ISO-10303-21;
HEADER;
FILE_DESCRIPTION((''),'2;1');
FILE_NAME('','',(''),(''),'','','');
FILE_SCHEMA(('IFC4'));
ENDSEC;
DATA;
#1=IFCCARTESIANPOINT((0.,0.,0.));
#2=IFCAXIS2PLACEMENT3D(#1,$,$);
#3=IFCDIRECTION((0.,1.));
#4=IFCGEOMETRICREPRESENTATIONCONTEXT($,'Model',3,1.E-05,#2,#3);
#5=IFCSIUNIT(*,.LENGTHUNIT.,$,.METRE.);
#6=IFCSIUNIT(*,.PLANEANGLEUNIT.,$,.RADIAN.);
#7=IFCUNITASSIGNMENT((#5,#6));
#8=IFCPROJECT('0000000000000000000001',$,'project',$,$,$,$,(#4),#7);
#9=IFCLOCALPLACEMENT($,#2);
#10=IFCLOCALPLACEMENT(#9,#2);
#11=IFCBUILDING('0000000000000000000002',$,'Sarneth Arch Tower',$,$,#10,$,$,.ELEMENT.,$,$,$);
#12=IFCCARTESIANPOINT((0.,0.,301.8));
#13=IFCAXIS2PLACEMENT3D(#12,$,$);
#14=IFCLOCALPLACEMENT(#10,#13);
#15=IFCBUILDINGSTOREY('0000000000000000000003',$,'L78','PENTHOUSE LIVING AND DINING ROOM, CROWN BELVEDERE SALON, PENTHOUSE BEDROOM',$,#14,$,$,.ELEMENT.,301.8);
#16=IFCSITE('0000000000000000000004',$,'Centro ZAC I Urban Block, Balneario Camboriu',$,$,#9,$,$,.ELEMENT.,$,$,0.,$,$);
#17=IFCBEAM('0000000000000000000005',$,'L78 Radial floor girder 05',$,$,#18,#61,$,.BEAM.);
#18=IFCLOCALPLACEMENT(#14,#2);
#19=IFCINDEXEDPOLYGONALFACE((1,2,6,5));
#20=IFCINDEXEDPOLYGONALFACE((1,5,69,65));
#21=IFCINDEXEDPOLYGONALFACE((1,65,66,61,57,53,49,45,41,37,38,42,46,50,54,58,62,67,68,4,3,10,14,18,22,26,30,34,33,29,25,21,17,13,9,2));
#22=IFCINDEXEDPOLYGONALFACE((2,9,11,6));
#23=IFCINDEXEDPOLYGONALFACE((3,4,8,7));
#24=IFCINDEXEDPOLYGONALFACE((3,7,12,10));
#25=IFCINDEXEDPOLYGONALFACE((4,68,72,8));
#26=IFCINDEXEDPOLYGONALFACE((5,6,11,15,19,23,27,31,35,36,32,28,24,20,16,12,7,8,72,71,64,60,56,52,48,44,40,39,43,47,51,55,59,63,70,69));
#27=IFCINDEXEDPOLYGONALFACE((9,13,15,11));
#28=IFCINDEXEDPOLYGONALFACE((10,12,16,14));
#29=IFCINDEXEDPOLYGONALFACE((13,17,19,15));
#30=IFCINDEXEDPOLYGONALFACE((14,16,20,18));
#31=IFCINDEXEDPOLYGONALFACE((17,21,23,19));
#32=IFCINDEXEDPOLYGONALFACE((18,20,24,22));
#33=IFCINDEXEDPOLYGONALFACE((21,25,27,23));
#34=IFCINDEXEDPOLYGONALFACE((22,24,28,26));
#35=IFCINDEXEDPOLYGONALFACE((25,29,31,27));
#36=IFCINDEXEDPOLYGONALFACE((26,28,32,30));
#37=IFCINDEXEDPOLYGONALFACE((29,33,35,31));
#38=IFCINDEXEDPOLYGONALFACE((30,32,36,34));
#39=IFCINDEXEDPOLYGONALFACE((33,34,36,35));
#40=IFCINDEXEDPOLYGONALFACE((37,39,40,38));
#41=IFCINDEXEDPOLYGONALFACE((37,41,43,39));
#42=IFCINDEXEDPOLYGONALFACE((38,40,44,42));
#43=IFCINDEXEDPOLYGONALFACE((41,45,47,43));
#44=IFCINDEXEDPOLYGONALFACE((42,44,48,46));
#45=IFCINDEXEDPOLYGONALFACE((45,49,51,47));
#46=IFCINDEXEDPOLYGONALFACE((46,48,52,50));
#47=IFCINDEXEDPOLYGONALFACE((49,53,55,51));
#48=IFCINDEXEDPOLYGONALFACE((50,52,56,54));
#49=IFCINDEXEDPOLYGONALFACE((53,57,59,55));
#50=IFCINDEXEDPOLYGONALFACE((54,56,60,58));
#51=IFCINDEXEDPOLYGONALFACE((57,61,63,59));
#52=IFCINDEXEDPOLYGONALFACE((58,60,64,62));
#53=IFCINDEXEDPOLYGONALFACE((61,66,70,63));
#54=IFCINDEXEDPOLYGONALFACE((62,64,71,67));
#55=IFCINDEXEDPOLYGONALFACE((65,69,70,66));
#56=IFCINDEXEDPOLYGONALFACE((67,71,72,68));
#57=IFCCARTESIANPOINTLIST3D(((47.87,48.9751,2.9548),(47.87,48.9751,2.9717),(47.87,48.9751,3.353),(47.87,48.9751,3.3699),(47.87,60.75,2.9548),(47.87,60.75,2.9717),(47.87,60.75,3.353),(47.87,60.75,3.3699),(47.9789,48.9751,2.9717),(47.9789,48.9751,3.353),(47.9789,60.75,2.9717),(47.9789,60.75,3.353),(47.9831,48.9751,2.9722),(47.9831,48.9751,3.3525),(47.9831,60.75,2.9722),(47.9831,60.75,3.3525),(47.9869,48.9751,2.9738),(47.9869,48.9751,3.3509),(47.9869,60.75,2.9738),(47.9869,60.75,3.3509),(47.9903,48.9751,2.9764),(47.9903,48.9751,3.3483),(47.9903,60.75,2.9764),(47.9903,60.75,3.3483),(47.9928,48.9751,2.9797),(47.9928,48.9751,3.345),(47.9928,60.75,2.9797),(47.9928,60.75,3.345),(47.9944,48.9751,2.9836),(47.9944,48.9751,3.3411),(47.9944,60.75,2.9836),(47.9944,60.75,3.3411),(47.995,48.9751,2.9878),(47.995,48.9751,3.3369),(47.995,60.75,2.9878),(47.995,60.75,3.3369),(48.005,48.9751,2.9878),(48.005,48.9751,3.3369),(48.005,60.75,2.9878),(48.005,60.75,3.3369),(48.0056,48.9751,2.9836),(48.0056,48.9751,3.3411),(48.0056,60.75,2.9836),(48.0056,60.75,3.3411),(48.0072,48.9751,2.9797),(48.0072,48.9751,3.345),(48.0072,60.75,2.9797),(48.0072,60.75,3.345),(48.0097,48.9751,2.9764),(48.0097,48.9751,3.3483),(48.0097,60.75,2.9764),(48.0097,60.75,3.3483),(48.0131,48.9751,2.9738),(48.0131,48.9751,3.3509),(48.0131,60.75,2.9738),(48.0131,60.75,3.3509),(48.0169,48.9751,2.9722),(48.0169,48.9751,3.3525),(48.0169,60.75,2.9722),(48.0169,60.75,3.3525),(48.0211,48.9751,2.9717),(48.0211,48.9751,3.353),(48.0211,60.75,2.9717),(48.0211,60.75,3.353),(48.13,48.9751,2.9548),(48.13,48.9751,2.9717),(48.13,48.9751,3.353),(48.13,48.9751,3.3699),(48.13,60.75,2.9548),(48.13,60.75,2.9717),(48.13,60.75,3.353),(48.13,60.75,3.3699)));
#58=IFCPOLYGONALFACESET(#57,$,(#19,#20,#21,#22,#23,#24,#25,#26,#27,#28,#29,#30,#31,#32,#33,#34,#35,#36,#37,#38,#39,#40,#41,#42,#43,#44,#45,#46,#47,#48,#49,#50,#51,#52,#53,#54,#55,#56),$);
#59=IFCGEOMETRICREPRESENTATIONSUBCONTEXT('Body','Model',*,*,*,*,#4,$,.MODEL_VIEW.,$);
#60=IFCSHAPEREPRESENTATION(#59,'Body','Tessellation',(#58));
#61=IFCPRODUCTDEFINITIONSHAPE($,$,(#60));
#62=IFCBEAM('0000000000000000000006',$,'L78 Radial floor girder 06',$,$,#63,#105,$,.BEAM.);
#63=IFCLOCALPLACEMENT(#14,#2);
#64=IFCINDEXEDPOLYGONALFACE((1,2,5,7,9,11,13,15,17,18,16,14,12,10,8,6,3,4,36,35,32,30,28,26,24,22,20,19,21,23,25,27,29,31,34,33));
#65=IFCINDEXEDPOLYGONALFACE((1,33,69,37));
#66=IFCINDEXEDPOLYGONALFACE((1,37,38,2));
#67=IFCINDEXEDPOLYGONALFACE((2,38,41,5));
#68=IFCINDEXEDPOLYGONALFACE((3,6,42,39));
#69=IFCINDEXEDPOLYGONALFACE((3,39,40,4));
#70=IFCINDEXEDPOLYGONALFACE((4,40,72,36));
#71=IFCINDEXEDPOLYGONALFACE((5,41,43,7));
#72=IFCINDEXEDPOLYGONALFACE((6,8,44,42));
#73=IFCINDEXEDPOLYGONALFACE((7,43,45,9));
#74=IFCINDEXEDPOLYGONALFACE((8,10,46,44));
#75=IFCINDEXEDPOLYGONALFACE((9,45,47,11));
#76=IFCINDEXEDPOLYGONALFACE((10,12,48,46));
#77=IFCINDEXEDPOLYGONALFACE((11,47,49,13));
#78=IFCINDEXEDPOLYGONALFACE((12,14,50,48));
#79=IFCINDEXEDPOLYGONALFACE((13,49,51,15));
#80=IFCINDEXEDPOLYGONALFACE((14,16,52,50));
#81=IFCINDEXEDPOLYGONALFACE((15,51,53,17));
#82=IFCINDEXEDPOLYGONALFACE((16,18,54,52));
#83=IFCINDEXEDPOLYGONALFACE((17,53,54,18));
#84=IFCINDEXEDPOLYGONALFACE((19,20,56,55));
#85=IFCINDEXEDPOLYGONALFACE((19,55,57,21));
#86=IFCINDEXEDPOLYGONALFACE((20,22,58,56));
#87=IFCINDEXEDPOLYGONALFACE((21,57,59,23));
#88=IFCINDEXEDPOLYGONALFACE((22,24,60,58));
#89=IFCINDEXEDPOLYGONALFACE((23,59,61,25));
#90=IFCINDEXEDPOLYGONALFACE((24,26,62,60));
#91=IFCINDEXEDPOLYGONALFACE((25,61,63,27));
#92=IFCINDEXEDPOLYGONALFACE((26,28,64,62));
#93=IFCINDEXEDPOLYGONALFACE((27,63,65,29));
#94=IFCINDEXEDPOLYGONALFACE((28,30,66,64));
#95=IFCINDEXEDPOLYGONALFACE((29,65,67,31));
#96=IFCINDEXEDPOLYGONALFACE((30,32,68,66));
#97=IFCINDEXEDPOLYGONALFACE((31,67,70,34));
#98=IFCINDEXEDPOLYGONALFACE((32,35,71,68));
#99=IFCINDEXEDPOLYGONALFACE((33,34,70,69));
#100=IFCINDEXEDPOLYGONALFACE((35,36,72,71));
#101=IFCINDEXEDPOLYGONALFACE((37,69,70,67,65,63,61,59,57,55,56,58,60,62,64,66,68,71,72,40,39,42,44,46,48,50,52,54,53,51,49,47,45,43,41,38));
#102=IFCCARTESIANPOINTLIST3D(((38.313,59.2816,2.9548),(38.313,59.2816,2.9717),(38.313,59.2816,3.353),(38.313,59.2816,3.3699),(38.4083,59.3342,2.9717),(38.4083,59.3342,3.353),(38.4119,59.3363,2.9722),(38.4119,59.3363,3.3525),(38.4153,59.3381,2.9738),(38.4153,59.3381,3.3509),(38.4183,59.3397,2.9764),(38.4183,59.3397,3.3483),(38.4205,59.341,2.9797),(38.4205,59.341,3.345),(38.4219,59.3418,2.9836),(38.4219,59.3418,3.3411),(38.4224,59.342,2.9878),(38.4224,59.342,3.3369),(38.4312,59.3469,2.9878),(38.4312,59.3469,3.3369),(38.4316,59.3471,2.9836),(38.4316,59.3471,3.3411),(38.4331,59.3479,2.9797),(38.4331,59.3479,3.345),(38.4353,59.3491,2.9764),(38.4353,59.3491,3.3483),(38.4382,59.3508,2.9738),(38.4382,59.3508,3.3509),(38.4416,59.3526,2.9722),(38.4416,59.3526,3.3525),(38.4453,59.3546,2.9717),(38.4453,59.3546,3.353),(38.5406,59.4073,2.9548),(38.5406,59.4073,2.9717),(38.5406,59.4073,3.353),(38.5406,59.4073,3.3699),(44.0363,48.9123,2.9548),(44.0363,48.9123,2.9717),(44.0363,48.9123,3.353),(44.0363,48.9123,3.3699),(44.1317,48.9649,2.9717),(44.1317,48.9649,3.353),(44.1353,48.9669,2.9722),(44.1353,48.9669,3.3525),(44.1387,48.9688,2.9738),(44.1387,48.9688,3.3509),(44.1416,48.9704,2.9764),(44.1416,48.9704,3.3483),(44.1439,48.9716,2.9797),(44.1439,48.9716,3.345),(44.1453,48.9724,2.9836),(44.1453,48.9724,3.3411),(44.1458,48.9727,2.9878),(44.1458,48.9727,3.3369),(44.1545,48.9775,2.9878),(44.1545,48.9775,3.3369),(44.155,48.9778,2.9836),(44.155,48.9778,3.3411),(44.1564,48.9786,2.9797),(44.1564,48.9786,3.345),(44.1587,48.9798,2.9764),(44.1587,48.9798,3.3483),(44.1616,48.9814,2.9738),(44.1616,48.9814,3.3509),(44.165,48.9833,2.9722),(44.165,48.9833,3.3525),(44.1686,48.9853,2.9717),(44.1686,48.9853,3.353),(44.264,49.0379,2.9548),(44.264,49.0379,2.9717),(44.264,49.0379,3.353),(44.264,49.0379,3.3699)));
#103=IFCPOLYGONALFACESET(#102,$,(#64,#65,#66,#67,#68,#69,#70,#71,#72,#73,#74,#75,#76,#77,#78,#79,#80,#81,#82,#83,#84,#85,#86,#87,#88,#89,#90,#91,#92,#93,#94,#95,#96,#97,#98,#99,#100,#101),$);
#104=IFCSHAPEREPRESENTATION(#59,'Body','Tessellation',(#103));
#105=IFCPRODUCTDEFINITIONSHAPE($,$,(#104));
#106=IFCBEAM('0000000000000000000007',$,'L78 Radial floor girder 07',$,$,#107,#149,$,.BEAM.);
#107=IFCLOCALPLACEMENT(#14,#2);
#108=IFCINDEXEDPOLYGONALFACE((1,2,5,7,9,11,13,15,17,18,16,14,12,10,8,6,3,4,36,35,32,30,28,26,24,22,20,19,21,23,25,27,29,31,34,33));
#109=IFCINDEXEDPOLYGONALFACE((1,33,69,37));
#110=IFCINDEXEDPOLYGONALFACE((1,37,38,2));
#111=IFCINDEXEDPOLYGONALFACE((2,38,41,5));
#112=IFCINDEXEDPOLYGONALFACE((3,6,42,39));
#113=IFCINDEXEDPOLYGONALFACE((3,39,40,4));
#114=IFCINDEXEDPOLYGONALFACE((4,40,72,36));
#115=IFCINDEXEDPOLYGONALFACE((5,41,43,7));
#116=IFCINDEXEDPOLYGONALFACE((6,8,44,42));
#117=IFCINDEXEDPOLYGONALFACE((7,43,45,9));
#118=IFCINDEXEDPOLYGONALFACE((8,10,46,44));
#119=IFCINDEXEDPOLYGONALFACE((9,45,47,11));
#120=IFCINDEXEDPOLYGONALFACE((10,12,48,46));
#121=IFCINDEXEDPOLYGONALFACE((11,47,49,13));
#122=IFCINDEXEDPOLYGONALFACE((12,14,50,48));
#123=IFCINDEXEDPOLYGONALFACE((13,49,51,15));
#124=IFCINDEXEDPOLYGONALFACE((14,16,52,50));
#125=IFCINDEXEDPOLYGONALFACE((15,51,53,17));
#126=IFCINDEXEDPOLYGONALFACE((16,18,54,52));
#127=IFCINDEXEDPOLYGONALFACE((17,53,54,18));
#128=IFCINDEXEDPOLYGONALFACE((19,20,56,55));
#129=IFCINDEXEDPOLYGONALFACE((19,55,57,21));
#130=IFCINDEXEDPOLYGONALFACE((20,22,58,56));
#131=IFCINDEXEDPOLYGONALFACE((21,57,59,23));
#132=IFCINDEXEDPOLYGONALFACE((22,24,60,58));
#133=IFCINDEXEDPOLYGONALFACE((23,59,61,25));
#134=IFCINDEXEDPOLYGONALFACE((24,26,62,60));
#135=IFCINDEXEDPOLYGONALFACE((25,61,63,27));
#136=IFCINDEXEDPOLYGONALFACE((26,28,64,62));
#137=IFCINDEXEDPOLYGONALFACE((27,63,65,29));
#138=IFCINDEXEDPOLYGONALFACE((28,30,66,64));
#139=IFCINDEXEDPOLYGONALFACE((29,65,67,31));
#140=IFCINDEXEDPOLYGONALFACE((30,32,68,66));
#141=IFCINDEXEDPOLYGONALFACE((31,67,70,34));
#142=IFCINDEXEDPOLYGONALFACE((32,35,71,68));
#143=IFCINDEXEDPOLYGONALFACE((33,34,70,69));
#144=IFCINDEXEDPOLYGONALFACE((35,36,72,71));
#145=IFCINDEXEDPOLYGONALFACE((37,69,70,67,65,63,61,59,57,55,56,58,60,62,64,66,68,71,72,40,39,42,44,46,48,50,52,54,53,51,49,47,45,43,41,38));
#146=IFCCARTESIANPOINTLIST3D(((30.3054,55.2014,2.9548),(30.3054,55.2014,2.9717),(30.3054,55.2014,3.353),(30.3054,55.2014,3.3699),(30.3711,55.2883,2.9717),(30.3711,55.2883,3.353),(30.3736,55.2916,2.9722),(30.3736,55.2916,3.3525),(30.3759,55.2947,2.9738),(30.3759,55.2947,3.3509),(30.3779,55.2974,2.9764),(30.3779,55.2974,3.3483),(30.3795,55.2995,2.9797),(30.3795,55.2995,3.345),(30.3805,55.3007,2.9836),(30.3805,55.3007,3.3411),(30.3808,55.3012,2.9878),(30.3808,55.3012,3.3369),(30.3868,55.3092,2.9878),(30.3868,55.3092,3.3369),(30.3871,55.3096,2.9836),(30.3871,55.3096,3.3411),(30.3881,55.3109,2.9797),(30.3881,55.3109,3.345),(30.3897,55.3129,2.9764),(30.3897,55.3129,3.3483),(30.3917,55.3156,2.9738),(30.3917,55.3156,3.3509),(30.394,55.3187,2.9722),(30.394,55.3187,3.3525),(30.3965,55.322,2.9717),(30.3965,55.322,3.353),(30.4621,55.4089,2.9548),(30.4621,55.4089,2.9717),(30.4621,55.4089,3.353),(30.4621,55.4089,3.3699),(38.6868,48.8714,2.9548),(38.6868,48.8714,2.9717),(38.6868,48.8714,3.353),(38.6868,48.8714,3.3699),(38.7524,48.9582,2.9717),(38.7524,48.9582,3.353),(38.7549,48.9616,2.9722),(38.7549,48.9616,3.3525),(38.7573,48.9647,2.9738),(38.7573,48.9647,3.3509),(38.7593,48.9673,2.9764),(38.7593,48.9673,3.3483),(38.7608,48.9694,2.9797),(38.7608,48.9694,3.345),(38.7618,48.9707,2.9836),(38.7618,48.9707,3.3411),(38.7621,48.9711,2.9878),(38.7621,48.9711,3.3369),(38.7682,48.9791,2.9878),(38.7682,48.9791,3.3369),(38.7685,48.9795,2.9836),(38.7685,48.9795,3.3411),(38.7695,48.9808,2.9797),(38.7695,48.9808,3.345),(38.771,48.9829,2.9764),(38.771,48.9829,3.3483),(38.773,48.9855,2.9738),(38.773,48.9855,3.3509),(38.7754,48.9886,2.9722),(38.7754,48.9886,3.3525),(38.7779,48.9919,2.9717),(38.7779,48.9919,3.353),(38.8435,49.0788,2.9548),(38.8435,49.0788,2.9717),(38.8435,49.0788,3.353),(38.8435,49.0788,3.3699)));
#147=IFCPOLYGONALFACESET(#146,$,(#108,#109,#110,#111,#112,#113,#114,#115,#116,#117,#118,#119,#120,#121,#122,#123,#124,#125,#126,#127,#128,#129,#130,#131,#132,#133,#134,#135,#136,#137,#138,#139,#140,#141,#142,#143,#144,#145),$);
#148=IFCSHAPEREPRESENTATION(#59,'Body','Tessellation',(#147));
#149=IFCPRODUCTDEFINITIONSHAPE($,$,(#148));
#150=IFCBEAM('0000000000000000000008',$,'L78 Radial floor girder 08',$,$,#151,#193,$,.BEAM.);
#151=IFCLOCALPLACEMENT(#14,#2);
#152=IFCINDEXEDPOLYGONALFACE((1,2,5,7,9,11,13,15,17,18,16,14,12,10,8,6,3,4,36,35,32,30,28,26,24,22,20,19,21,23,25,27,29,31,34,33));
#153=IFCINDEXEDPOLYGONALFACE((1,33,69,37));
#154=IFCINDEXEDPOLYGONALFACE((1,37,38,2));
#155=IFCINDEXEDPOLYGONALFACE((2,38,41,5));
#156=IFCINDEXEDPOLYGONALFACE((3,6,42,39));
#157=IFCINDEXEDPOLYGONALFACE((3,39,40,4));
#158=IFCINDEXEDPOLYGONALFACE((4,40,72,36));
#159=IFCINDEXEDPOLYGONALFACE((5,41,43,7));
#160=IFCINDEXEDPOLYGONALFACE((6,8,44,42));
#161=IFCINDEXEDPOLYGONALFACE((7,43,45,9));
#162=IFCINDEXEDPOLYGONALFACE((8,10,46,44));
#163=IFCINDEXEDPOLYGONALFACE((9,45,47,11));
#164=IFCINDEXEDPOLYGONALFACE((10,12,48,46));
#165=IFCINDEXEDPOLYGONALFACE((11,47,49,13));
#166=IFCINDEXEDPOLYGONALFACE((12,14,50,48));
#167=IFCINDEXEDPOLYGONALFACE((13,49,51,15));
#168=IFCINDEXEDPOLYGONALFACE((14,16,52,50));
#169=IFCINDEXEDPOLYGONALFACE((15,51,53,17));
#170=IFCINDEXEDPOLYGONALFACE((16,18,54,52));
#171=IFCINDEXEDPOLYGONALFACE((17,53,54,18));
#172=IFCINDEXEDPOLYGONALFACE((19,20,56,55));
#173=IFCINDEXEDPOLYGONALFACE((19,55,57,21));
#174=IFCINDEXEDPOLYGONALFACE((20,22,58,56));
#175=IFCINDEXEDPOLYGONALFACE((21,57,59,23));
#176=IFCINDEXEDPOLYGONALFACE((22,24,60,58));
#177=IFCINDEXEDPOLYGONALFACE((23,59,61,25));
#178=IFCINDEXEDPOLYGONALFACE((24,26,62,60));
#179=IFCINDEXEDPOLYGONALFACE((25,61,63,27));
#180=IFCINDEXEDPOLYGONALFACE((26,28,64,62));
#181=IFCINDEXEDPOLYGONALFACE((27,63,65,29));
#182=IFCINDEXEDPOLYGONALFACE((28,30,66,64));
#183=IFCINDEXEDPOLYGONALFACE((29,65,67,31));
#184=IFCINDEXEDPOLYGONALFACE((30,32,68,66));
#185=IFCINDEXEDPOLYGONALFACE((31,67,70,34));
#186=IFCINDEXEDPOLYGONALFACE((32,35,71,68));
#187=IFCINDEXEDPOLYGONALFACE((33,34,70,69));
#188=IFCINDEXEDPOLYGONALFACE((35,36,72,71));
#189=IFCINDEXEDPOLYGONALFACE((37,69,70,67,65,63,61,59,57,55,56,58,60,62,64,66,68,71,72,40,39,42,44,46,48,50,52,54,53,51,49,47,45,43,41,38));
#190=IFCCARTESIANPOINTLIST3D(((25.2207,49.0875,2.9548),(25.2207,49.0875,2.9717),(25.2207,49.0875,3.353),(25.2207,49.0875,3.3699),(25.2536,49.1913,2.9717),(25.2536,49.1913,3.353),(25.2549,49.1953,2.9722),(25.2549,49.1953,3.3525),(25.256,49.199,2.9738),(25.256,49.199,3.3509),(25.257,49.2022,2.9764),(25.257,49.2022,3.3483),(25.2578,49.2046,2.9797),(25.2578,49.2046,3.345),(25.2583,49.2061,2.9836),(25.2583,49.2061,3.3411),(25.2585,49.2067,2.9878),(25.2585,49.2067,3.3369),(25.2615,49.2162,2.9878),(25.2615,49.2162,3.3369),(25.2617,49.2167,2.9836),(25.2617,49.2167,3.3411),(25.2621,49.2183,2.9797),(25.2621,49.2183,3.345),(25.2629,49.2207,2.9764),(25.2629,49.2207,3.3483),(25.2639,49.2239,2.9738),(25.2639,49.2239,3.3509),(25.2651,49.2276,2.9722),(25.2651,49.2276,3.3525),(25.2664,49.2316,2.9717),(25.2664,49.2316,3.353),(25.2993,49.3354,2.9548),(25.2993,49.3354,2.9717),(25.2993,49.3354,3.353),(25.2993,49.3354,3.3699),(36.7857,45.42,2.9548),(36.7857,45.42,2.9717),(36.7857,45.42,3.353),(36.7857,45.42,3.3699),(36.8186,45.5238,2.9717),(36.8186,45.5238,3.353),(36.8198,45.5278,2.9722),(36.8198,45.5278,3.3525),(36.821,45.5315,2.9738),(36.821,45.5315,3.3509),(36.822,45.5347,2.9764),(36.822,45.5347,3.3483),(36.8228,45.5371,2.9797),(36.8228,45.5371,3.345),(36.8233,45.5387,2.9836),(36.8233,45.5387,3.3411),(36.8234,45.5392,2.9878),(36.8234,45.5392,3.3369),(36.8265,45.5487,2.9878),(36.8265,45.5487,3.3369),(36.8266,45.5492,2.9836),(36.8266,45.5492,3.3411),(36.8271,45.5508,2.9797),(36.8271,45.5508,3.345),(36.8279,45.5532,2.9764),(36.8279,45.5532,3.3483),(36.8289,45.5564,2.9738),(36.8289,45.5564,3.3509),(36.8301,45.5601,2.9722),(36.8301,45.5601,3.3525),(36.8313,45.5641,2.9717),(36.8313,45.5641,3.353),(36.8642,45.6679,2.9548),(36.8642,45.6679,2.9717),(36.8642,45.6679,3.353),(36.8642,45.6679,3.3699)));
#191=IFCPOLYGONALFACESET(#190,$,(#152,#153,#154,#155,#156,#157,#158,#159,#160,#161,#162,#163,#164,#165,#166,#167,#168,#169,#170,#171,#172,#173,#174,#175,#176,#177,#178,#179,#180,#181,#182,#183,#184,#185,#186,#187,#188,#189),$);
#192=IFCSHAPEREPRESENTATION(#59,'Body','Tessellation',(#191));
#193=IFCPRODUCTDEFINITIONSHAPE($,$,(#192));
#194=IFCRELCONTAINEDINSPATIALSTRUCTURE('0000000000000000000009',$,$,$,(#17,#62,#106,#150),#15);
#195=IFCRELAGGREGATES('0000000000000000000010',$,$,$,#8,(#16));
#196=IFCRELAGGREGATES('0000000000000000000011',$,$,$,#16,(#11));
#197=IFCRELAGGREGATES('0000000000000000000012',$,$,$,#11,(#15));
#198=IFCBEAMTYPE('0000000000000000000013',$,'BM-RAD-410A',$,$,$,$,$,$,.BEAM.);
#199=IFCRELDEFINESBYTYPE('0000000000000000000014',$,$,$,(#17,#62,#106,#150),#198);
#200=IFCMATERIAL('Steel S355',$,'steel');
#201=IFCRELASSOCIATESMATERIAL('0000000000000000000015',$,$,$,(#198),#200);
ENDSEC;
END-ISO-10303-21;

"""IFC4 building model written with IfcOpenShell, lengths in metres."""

from ifc_helpers import new_model, si_unit, direction, frame, origin, origin_2d, place, context, subcontext, project, spatial, i_section, extrude, material, material_profile, profile_set, type_object, element, save


model = new_model("IFC4")

# Units and contexts
model_context = context("Model", 3, precision=1e-05, world=origin(), true_north=direction((0.0, 1.0)))
body_context = subcontext(model_context, "Body", "Model", "MODEL_VIEW")
ifc_project = project(units=[si_unit("LENGTHUNIT", "METRE"), si_unit("PLANEANGLEUNIT", "RADIAN")], contexts=[model_context])

# Site, building, storey
site_placement = place(None, origin())
site = spatial("IfcSite", under=ifc_project, at=site_placement, Name="Centro ZAC I Urban Block, Balneario Camboriu", CompositionType="ELEMENT", RefElevation=0.0)
building_placement = place(site_placement, origin())
building = spatial("IfcBuilding", under=site, at=building_placement, Name="Sarneth Arch Tower", CompositionType="ELEMENT")
storey_placement = place(building_placement, frame((0.0, 0.0, 301.8)))
storey = spatial("IfcBuildingStorey", under=building, at=storey_placement, Name="L78", Description="PENTHOUSE LIVING AND DINING ROOM, CROWN BELVEDERE SALON, PENTHOUSE BEDROOM", CompositionType="ELEMENT", Elevation=301.8)

# Beams
ifc_material_1 = material(Name="Steel S355", Category="steel")
ifc_material_profile = material_profile(ifc_material_1, i_section(OverallWidth=0.26, OverallDepth=0.415, WebThickness=0.01, FlangeThickness=0.0168, FilletRadius=0.0161, at=origin_2d()), Name="W410x100")
ifc_profile_set = profile_set([ifc_material_profile], Name="Steel S355")
beam_type = type_object("IfcBeamType", Name="BM-RAD-410A", PredefinedType="BEAM", material=ifc_profile_set)
beam_1_placement = place(storey_placement, frame((48.0, 48.9751, 3.1624), z_axis=(0.0, 1.0, 0.0), x_axis=(-1.0, 0.0, 0.0)))
element("IfcBeam", 1, at=beam_1_placement, inside=storey, type_object=beam_type, Name="L78 Radial floor girder 05", PredefinedType="BEAM", context=body_context, shape_type="SweptSolid", body=[
    extrude(i_section(OverallWidth=0.26, OverallDepth=0.415, WebThickness=0.01, FlangeThickness=0.0168, FilletRadius=0.0161, at=origin_2d()), origin(), (0.0, 0.0, 1.0), 11.7749),
])
beam_2_placement = place(storey_placement, frame((44.1501, 48.9751, 3.1624), z_axis=(-0.483229, 0.875494, 0.0), x_axis=(-0.875494, -0.483229, 0.0)))
element("IfcBeam", 2, at=beam_2_placement, inside=storey, type_object=beam_type, Name="L78 Radial floor girder 06", PredefinedType="BEAM", context=body_context, shape_type="SweptSolid", body=[
    extrude(i_section(OverallWidth=0.26, OverallDepth=0.415, WebThickness=0.01, FlangeThickness=0.0168, FilletRadius=0.0161, at=origin_2d()), origin(), (0.0, 0.0, 1.0), 11.844),
])
beam_3_placement = place(storey_placement, frame((38.7651, 48.9751, 3.1624), z_axis=(-0.797982, 0.602682, 0.0), x_axis=(-0.602682, -0.797982, 0.0)))
element("IfcBeam", 3, at=beam_3_placement, inside=storey, type_object=beam_type, Name="L78 Radial floor girder 07", PredefinedType="BEAM", context=body_context, shape_type="SweptSolid", body=[
    extrude(i_section(OverallWidth=0.26, OverallDepth=0.415, WebThickness=0.01, FlangeThickness=0.0168, FilletRadius=0.0161, at=origin_2d()), origin(), (0.0, 0.0, 1.0), 10.5032),
])
beam_4_placement = place(storey_placement, frame((36.825, 45.5439, 3.1624), z_axis=(-0.953218, 0.302285, 0.0), x_axis=(-0.302285, -0.953218, 0.0)))
element("IfcBeam", 4, at=beam_4_placement, inside=storey, type_object=beam_type, Name="L78 Radial floor girder 08", PredefinedType="BEAM", context=body_context, shape_type="SweptSolid", body=[
    extrude(i_section(OverallWidth=0.26, OverallDepth=0.415, WebThickness=0.01, FlangeThickness=0.0168, FilletRadius=0.0161, at=origin_2d()), origin(), (0.0, 0.0, 1.0), 12.1326),
])

save(model, "model.ifc")
